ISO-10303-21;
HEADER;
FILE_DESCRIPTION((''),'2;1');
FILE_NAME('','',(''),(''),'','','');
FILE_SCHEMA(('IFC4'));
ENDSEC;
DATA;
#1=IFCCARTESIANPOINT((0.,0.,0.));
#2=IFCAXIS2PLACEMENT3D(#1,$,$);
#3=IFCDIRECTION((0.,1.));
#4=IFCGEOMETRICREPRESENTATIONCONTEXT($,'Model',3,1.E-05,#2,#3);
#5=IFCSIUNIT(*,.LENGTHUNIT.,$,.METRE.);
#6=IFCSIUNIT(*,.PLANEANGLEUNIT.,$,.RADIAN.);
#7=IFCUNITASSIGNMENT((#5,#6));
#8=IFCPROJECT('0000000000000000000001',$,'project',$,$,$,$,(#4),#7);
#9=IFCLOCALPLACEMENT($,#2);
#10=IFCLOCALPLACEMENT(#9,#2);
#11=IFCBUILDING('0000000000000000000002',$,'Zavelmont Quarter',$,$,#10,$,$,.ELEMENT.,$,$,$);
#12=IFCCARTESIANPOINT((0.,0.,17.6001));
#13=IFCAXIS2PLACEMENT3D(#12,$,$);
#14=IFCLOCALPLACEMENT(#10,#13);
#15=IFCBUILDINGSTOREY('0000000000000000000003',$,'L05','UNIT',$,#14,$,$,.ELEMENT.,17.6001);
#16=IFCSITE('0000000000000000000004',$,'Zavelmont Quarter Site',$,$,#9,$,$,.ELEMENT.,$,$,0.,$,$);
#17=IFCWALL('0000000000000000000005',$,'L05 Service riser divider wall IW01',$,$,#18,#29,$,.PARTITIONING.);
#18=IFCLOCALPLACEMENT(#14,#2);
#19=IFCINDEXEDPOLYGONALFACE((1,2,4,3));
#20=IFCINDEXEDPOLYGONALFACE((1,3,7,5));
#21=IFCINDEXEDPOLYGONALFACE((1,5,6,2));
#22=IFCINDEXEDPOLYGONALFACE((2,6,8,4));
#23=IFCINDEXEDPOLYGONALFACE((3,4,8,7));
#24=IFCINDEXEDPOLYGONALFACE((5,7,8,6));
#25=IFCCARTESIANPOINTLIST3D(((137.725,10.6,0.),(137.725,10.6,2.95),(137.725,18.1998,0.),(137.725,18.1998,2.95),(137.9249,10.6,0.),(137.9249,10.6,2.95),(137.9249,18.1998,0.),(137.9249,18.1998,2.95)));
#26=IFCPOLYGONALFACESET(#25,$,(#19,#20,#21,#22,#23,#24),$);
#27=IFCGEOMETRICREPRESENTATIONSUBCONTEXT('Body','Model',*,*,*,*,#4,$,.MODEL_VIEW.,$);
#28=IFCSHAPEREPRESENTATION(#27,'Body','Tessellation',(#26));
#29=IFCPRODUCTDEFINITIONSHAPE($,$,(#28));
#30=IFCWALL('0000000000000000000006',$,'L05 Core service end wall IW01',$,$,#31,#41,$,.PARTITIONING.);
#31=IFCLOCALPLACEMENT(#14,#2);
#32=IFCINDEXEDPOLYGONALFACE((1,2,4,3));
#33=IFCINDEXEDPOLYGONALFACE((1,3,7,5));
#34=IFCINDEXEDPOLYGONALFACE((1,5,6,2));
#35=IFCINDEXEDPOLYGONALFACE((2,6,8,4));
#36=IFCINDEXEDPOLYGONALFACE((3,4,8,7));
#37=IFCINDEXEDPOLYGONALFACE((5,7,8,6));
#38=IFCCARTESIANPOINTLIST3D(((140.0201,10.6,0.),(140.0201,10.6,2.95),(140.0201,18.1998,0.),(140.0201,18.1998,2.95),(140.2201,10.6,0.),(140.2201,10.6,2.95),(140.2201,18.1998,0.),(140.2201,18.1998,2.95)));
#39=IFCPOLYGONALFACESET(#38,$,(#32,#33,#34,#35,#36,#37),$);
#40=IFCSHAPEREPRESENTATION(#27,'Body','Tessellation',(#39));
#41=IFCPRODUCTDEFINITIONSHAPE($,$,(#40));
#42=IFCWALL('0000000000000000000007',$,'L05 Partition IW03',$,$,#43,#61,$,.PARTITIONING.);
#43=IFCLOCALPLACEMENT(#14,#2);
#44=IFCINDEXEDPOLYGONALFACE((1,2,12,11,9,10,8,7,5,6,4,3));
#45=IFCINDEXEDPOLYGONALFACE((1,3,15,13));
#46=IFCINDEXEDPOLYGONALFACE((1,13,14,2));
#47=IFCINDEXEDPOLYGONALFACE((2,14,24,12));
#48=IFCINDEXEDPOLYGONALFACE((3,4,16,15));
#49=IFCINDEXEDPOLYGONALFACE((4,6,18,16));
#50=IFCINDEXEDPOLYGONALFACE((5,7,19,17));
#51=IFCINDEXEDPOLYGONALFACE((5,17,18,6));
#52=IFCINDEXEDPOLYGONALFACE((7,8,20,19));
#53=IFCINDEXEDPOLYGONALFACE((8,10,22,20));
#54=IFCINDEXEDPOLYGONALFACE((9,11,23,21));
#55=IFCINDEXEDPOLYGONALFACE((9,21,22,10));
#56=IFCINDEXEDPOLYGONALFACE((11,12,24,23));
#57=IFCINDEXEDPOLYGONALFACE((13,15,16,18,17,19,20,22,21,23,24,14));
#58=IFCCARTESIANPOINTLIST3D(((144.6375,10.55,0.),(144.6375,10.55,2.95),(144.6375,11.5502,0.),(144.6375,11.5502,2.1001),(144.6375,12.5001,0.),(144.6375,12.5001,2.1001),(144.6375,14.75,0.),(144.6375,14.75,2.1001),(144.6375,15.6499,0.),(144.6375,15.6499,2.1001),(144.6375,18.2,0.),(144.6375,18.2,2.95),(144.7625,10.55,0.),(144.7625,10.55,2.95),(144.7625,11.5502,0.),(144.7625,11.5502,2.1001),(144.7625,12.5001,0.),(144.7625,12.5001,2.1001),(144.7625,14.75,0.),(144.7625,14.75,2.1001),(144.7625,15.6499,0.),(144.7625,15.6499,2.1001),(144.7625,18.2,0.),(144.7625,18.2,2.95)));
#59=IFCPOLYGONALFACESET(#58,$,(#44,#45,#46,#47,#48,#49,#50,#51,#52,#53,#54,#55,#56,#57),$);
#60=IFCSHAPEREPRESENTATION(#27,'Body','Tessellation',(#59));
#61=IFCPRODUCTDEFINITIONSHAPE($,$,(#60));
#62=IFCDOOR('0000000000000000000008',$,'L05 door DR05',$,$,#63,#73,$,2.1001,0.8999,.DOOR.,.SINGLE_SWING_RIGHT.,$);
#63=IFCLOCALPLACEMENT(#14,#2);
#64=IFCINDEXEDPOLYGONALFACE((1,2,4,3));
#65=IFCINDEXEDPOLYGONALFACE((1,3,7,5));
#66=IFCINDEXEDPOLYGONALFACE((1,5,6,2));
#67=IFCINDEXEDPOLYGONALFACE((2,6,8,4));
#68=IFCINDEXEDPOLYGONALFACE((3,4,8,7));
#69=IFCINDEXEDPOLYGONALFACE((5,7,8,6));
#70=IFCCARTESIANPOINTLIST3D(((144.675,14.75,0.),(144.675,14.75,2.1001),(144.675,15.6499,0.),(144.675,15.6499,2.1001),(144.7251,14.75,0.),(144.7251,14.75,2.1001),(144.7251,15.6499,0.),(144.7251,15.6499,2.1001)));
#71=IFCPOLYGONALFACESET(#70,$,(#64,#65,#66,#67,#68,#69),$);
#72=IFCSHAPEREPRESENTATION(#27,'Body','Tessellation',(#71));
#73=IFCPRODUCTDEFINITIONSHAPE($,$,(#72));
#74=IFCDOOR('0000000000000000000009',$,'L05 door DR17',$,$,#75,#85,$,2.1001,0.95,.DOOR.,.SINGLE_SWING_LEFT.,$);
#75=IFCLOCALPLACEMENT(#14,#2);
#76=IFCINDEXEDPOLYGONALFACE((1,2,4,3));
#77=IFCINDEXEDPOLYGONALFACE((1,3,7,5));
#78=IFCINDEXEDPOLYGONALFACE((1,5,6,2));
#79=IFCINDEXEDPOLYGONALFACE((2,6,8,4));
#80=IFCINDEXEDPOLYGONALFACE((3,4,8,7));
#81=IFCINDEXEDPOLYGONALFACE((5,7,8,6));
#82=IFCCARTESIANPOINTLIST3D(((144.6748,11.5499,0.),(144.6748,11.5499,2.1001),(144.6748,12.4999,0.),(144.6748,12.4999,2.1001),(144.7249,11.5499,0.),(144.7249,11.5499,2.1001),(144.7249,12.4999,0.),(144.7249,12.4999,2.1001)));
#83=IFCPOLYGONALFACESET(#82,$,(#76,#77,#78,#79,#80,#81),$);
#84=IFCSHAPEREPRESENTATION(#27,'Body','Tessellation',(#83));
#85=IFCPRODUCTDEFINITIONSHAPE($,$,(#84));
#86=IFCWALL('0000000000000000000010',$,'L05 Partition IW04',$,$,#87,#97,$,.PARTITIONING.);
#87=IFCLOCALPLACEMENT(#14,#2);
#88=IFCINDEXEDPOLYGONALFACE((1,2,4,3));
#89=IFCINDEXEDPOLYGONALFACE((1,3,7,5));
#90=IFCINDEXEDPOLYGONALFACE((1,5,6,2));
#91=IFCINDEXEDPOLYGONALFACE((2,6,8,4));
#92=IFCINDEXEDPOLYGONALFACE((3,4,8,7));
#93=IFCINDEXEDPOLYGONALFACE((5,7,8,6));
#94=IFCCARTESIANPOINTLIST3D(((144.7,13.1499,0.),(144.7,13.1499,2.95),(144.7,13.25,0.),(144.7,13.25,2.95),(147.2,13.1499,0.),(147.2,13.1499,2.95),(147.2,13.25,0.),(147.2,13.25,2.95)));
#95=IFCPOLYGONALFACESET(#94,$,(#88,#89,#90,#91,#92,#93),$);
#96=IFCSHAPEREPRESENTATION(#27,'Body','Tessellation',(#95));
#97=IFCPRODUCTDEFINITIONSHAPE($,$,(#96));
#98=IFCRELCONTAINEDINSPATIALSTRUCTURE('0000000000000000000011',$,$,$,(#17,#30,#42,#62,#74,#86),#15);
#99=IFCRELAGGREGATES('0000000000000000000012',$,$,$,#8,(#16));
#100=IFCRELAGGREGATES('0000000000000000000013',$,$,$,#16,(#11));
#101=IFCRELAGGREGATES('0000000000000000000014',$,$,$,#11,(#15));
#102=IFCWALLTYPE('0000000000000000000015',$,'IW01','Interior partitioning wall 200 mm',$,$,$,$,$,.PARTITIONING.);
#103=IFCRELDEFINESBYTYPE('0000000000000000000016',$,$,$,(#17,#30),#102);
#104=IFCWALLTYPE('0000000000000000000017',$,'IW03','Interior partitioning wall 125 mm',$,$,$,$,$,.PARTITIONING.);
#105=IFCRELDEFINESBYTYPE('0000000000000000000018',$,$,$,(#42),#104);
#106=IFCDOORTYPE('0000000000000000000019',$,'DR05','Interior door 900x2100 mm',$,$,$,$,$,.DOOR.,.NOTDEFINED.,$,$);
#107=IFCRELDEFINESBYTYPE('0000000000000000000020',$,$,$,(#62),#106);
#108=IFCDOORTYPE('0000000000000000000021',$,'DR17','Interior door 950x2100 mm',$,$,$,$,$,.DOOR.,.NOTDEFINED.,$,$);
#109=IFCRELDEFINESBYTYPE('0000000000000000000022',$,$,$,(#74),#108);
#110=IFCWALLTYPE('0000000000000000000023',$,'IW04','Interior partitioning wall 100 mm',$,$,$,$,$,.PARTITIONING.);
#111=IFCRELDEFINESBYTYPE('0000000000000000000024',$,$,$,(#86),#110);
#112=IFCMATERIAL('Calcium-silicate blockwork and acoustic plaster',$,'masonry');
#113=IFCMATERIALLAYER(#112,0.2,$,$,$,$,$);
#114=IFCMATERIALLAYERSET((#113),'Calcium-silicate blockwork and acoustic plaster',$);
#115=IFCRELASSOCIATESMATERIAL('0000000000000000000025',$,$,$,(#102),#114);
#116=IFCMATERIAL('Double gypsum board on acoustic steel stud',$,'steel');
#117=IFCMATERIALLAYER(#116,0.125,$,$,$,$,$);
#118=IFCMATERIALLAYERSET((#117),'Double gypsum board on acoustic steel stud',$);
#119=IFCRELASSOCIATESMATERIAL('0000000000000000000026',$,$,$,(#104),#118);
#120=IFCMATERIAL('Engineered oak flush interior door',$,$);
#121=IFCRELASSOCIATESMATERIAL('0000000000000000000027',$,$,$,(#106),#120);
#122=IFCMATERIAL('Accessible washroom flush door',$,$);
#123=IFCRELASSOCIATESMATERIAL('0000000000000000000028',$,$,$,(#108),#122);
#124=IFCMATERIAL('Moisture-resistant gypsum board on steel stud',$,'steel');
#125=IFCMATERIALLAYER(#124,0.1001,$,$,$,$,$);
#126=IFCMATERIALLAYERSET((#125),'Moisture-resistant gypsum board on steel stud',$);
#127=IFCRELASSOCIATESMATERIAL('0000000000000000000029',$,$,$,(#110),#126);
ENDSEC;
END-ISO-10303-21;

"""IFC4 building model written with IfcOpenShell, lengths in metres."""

from ifc_helpers import new_model, si_unit, direction, frame, frame_2d, origin, origin_with_axes, place, context, subcontext, project, spatial, rectangle, extrude, material, layer, layer_set, type_object, element, fill, save


model = new_model("IFC4")

# Units and contexts
model_context = context("Model", 3, precision=1e-05, world=origin(), true_north=direction((0.0, 1.0)))
body_context = subcontext(model_context, "Body", "Model", "MODEL_VIEW")
ifc_project = project(units=[si_unit("LENGTHUNIT", "METRE"), si_unit("PLANEANGLEUNIT", "RADIAN")], contexts=[model_context])

# Site, building, storey
site_placement = place(None, origin())
site = spatial("IfcSite", under=ifc_project, at=site_placement, Name="Zavelmont Quarter Site", CompositionType="ELEMENT", RefElevation=0.0)
building_placement = place(site_placement, origin())
building = spatial("IfcBuilding", under=site, at=building_placement, Name="Zavelmont Quarter", CompositionType="ELEMENT")
storey_placement = place(building_placement, frame((0.0, 0.0, 17.6001)))
storey = spatial("IfcBuildingStorey", under=building, at=storey_placement, Name="L05", Description="UNIT", CompositionType="ELEMENT", Elevation=17.6001)

# Walls
ifc_material_1 = material(Name="Calcium-silicate blockwork and acoustic plaster", Category="masonry")
ifc_layer_1 = layer(ifc_material_1, 0.2)
ifc_layer_set_1 = layer_set([ifc_layer_1], Name="Calcium-silicate blockwork and acoustic plaster")
wall_type_1 = type_object("IfcWallType", Name="IW01", Description="Interior partitioning wall 200 mm", PredefinedType="PARTITIONING", material=ifc_layer_set_1)
for number, where, z_axis, x_axis, name in (
    (1, (137.825, 10.6001, 0.0), (0.0, 0.0, 1.0), (0.0, 1.0, 0.0), "L05 Service riser divider wall IW01"),
    (2, (140.1201, 10.6001, 0.0), (0.0, 0.0, 1.0), (0.0, 1.0, 0.0), "L05 Core service end wall IW01"),
):
    element("IfcWall", number, at=place(storey_placement, frame(where, z_axis=z_axis, x_axis=x_axis)), inside=storey, type_object=wall_type_1, Name=name, PredefinedType="PARTITIONING", context=body_context, shape_type="SweptSolid", body=[
        extrude(rectangle(XDim=7.5999, YDim=0.2, at=frame_2d((3.7998, 0.0))), origin(), (0.0, 0.0, 1.0), 2.95),
    ])

# Wall, openings, doors
ifc_material_2 = material(Name="Double gypsum board on acoustic steel stud", Category="steel")
ifc_layer_2 = layer(ifc_material_2, 0.125)
ifc_layer_set_2 = layer_set([ifc_layer_2], Name="Double gypsum board on acoustic steel stud")
wall_type_2 = type_object("IfcWallType", Name="IW03", Description="Interior partitioning wall 125 mm", PredefinedType="PARTITIONING", material=ifc_layer_set_2)
wall_1_placement = place(storey_placement, frame((144.7, 10.55, 0.0), z_axis=(0.0, 0.0, 1.0), x_axis=(0.0, 1.0, 0.0)))
wall_1 = element("IfcWall", 3, at=wall_1_placement, inside=storey, type_object=wall_type_2, Name="L05 Partition IW03", PredefinedType="PARTITIONING", context=body_context, shape_type="SweptSolid", body=[
    extrude(rectangle(XDim=7.6499, YDim=0.125, at=frame_2d((3.825, 0.0))), origin(), (0.0, 0.0, 1.0), 2.95),
])
opening_1_placement = place(wall_1_placement, frame((1.0, 0.0, 0.0)))
opening_1 = element("IfcOpeningElement", 4, at=opening_1_placement, cuts=wall_1, PredefinedType="OPENING", context=body_context, shape_type="SweptSolid", body=[
    extrude(rectangle(XDim=0.95, YDim=2.1001, at=frame_2d((0.4751, 1.05))), frame((0.0, 0.0745, 0.0), z_axis=(0.0, -1.0, 0.0), x_axis=(1.0, 0.0, 0.0)), (0.0, 0.0, 1.0), 0.1489),
])
opening_2_placement = place(wall_1_placement, frame((4.2, 0.0, 0.0)))
opening_2 = element("IfcOpeningElement", 5, at=opening_2_placement, cuts=wall_1, PredefinedType="OPENING", context=body_context, shape_type="SweptSolid", body=[
    extrude(rectangle(XDim=0.8999, YDim=2.1001, at=frame_2d((0.45, 1.05))), frame((0.0, 0.0745, 0.0), z_axis=(0.0, -1.0, 0.0), x_axis=(1.0, 0.0, 0.0)), (0.0, 0.0, 1.0), 0.1489),
])
ifc_material_3 = material(Name="Engineered oak flush interior door")
door_type_1 = type_object("IfcDoorType", Name="DR05", Description="Interior door 900x2100 mm", OperationType="NOTDEFINED", PredefinedType="DOOR", material=ifc_material_3)
door_1_placement = place(opening_2_placement, origin_with_axes())
door_1 = element("IfcDoor", 6, at=door_1_placement, inside=storey, type_object=door_type_1, Name="L05 door DR05", OperationType="SINGLE_SWING_RIGHT", OverallHeight=2.1001, OverallWidth=0.8999, PredefinedType="DOOR", context=body_context, shape_type="SweptSolid", body=[
    extrude(rectangle(XDim=0.8999, YDim=2.1001, at=frame_2d((0.45, 1.05))), frame((0.0, 0.0249, 0.0), z_axis=(0.0, -1.0, 0.0), x_axis=(1.0, 0.0, 0.0)), (0.0, 0.0, 1.0), 0.05),
])
fill(opening_2, door_1)
ifc_material_4 = material(Name="Accessible washroom flush door")
door_type_2 = type_object("IfcDoorType", Name="DR17", Description="Interior door 950x2100 mm", OperationType="NOTDEFINED", PredefinedType="DOOR", material=ifc_material_4)
door_2_placement = place(opening_1_placement, frame((0.95, 0.0, 0.0), z_axis=(0.0, 0.0, 1.0), x_axis=(-1.0, 0.0, 0.0)))
door_2 = element("IfcDoor", 7, at=door_2_placement, inside=storey, type_object=door_type_2, Name="L05 door DR17", OperationType="SINGLE_SWING_LEFT", OverallHeight=2.1001, OverallWidth=0.95, PredefinedType="DOOR", context=body_context, shape_type="SweptSolid", body=[
    extrude(rectangle(XDim=0.95, YDim=2.1001, at=frame_2d((0.4751, 1.05))), frame((0.0, 0.0249, 0.0), z_axis=(0.0, -1.0, 0.0), x_axis=(1.0, 0.0, 0.0)), (0.0, 0.0, 1.0), 0.05),
])
fill(opening_1, door_2)

# Wall
ifc_material_5 = material(Name="Moisture-resistant gypsum board on steel stud", Category="steel")
ifc_layer_3 = layer(ifc_material_5, 0.1001)
ifc_layer_set_3 = layer_set([ifc_layer_3], Name="Moisture-resistant gypsum board on steel stud")
wall_type_3 = type_object("IfcWallType", Name="IW04", Description="Interior partitioning wall 100 mm", PredefinedType="PARTITIONING", material=ifc_layer_set_3)
wall_2_placement = place(storey_placement, frame((144.7, 13.2, 0.0), z_axis=(0.0, 0.0, 1.0), x_axis=(1.0, 0.0, 0.0)))
element("IfcWall", 8, at=wall_2_placement, inside=storey, type_object=wall_type_3, Name="L05 Partition IW04", PredefinedType="PARTITIONING", context=body_context, shape_type="SweptSolid", body=[
    extrude(rectangle(XDim=2.5, YDim=0.1001, at=frame_2d((1.25, 0.0))), origin(), (0.0, 0.0, 1.0), 2.95),
])

save(model, "model.ifc")
